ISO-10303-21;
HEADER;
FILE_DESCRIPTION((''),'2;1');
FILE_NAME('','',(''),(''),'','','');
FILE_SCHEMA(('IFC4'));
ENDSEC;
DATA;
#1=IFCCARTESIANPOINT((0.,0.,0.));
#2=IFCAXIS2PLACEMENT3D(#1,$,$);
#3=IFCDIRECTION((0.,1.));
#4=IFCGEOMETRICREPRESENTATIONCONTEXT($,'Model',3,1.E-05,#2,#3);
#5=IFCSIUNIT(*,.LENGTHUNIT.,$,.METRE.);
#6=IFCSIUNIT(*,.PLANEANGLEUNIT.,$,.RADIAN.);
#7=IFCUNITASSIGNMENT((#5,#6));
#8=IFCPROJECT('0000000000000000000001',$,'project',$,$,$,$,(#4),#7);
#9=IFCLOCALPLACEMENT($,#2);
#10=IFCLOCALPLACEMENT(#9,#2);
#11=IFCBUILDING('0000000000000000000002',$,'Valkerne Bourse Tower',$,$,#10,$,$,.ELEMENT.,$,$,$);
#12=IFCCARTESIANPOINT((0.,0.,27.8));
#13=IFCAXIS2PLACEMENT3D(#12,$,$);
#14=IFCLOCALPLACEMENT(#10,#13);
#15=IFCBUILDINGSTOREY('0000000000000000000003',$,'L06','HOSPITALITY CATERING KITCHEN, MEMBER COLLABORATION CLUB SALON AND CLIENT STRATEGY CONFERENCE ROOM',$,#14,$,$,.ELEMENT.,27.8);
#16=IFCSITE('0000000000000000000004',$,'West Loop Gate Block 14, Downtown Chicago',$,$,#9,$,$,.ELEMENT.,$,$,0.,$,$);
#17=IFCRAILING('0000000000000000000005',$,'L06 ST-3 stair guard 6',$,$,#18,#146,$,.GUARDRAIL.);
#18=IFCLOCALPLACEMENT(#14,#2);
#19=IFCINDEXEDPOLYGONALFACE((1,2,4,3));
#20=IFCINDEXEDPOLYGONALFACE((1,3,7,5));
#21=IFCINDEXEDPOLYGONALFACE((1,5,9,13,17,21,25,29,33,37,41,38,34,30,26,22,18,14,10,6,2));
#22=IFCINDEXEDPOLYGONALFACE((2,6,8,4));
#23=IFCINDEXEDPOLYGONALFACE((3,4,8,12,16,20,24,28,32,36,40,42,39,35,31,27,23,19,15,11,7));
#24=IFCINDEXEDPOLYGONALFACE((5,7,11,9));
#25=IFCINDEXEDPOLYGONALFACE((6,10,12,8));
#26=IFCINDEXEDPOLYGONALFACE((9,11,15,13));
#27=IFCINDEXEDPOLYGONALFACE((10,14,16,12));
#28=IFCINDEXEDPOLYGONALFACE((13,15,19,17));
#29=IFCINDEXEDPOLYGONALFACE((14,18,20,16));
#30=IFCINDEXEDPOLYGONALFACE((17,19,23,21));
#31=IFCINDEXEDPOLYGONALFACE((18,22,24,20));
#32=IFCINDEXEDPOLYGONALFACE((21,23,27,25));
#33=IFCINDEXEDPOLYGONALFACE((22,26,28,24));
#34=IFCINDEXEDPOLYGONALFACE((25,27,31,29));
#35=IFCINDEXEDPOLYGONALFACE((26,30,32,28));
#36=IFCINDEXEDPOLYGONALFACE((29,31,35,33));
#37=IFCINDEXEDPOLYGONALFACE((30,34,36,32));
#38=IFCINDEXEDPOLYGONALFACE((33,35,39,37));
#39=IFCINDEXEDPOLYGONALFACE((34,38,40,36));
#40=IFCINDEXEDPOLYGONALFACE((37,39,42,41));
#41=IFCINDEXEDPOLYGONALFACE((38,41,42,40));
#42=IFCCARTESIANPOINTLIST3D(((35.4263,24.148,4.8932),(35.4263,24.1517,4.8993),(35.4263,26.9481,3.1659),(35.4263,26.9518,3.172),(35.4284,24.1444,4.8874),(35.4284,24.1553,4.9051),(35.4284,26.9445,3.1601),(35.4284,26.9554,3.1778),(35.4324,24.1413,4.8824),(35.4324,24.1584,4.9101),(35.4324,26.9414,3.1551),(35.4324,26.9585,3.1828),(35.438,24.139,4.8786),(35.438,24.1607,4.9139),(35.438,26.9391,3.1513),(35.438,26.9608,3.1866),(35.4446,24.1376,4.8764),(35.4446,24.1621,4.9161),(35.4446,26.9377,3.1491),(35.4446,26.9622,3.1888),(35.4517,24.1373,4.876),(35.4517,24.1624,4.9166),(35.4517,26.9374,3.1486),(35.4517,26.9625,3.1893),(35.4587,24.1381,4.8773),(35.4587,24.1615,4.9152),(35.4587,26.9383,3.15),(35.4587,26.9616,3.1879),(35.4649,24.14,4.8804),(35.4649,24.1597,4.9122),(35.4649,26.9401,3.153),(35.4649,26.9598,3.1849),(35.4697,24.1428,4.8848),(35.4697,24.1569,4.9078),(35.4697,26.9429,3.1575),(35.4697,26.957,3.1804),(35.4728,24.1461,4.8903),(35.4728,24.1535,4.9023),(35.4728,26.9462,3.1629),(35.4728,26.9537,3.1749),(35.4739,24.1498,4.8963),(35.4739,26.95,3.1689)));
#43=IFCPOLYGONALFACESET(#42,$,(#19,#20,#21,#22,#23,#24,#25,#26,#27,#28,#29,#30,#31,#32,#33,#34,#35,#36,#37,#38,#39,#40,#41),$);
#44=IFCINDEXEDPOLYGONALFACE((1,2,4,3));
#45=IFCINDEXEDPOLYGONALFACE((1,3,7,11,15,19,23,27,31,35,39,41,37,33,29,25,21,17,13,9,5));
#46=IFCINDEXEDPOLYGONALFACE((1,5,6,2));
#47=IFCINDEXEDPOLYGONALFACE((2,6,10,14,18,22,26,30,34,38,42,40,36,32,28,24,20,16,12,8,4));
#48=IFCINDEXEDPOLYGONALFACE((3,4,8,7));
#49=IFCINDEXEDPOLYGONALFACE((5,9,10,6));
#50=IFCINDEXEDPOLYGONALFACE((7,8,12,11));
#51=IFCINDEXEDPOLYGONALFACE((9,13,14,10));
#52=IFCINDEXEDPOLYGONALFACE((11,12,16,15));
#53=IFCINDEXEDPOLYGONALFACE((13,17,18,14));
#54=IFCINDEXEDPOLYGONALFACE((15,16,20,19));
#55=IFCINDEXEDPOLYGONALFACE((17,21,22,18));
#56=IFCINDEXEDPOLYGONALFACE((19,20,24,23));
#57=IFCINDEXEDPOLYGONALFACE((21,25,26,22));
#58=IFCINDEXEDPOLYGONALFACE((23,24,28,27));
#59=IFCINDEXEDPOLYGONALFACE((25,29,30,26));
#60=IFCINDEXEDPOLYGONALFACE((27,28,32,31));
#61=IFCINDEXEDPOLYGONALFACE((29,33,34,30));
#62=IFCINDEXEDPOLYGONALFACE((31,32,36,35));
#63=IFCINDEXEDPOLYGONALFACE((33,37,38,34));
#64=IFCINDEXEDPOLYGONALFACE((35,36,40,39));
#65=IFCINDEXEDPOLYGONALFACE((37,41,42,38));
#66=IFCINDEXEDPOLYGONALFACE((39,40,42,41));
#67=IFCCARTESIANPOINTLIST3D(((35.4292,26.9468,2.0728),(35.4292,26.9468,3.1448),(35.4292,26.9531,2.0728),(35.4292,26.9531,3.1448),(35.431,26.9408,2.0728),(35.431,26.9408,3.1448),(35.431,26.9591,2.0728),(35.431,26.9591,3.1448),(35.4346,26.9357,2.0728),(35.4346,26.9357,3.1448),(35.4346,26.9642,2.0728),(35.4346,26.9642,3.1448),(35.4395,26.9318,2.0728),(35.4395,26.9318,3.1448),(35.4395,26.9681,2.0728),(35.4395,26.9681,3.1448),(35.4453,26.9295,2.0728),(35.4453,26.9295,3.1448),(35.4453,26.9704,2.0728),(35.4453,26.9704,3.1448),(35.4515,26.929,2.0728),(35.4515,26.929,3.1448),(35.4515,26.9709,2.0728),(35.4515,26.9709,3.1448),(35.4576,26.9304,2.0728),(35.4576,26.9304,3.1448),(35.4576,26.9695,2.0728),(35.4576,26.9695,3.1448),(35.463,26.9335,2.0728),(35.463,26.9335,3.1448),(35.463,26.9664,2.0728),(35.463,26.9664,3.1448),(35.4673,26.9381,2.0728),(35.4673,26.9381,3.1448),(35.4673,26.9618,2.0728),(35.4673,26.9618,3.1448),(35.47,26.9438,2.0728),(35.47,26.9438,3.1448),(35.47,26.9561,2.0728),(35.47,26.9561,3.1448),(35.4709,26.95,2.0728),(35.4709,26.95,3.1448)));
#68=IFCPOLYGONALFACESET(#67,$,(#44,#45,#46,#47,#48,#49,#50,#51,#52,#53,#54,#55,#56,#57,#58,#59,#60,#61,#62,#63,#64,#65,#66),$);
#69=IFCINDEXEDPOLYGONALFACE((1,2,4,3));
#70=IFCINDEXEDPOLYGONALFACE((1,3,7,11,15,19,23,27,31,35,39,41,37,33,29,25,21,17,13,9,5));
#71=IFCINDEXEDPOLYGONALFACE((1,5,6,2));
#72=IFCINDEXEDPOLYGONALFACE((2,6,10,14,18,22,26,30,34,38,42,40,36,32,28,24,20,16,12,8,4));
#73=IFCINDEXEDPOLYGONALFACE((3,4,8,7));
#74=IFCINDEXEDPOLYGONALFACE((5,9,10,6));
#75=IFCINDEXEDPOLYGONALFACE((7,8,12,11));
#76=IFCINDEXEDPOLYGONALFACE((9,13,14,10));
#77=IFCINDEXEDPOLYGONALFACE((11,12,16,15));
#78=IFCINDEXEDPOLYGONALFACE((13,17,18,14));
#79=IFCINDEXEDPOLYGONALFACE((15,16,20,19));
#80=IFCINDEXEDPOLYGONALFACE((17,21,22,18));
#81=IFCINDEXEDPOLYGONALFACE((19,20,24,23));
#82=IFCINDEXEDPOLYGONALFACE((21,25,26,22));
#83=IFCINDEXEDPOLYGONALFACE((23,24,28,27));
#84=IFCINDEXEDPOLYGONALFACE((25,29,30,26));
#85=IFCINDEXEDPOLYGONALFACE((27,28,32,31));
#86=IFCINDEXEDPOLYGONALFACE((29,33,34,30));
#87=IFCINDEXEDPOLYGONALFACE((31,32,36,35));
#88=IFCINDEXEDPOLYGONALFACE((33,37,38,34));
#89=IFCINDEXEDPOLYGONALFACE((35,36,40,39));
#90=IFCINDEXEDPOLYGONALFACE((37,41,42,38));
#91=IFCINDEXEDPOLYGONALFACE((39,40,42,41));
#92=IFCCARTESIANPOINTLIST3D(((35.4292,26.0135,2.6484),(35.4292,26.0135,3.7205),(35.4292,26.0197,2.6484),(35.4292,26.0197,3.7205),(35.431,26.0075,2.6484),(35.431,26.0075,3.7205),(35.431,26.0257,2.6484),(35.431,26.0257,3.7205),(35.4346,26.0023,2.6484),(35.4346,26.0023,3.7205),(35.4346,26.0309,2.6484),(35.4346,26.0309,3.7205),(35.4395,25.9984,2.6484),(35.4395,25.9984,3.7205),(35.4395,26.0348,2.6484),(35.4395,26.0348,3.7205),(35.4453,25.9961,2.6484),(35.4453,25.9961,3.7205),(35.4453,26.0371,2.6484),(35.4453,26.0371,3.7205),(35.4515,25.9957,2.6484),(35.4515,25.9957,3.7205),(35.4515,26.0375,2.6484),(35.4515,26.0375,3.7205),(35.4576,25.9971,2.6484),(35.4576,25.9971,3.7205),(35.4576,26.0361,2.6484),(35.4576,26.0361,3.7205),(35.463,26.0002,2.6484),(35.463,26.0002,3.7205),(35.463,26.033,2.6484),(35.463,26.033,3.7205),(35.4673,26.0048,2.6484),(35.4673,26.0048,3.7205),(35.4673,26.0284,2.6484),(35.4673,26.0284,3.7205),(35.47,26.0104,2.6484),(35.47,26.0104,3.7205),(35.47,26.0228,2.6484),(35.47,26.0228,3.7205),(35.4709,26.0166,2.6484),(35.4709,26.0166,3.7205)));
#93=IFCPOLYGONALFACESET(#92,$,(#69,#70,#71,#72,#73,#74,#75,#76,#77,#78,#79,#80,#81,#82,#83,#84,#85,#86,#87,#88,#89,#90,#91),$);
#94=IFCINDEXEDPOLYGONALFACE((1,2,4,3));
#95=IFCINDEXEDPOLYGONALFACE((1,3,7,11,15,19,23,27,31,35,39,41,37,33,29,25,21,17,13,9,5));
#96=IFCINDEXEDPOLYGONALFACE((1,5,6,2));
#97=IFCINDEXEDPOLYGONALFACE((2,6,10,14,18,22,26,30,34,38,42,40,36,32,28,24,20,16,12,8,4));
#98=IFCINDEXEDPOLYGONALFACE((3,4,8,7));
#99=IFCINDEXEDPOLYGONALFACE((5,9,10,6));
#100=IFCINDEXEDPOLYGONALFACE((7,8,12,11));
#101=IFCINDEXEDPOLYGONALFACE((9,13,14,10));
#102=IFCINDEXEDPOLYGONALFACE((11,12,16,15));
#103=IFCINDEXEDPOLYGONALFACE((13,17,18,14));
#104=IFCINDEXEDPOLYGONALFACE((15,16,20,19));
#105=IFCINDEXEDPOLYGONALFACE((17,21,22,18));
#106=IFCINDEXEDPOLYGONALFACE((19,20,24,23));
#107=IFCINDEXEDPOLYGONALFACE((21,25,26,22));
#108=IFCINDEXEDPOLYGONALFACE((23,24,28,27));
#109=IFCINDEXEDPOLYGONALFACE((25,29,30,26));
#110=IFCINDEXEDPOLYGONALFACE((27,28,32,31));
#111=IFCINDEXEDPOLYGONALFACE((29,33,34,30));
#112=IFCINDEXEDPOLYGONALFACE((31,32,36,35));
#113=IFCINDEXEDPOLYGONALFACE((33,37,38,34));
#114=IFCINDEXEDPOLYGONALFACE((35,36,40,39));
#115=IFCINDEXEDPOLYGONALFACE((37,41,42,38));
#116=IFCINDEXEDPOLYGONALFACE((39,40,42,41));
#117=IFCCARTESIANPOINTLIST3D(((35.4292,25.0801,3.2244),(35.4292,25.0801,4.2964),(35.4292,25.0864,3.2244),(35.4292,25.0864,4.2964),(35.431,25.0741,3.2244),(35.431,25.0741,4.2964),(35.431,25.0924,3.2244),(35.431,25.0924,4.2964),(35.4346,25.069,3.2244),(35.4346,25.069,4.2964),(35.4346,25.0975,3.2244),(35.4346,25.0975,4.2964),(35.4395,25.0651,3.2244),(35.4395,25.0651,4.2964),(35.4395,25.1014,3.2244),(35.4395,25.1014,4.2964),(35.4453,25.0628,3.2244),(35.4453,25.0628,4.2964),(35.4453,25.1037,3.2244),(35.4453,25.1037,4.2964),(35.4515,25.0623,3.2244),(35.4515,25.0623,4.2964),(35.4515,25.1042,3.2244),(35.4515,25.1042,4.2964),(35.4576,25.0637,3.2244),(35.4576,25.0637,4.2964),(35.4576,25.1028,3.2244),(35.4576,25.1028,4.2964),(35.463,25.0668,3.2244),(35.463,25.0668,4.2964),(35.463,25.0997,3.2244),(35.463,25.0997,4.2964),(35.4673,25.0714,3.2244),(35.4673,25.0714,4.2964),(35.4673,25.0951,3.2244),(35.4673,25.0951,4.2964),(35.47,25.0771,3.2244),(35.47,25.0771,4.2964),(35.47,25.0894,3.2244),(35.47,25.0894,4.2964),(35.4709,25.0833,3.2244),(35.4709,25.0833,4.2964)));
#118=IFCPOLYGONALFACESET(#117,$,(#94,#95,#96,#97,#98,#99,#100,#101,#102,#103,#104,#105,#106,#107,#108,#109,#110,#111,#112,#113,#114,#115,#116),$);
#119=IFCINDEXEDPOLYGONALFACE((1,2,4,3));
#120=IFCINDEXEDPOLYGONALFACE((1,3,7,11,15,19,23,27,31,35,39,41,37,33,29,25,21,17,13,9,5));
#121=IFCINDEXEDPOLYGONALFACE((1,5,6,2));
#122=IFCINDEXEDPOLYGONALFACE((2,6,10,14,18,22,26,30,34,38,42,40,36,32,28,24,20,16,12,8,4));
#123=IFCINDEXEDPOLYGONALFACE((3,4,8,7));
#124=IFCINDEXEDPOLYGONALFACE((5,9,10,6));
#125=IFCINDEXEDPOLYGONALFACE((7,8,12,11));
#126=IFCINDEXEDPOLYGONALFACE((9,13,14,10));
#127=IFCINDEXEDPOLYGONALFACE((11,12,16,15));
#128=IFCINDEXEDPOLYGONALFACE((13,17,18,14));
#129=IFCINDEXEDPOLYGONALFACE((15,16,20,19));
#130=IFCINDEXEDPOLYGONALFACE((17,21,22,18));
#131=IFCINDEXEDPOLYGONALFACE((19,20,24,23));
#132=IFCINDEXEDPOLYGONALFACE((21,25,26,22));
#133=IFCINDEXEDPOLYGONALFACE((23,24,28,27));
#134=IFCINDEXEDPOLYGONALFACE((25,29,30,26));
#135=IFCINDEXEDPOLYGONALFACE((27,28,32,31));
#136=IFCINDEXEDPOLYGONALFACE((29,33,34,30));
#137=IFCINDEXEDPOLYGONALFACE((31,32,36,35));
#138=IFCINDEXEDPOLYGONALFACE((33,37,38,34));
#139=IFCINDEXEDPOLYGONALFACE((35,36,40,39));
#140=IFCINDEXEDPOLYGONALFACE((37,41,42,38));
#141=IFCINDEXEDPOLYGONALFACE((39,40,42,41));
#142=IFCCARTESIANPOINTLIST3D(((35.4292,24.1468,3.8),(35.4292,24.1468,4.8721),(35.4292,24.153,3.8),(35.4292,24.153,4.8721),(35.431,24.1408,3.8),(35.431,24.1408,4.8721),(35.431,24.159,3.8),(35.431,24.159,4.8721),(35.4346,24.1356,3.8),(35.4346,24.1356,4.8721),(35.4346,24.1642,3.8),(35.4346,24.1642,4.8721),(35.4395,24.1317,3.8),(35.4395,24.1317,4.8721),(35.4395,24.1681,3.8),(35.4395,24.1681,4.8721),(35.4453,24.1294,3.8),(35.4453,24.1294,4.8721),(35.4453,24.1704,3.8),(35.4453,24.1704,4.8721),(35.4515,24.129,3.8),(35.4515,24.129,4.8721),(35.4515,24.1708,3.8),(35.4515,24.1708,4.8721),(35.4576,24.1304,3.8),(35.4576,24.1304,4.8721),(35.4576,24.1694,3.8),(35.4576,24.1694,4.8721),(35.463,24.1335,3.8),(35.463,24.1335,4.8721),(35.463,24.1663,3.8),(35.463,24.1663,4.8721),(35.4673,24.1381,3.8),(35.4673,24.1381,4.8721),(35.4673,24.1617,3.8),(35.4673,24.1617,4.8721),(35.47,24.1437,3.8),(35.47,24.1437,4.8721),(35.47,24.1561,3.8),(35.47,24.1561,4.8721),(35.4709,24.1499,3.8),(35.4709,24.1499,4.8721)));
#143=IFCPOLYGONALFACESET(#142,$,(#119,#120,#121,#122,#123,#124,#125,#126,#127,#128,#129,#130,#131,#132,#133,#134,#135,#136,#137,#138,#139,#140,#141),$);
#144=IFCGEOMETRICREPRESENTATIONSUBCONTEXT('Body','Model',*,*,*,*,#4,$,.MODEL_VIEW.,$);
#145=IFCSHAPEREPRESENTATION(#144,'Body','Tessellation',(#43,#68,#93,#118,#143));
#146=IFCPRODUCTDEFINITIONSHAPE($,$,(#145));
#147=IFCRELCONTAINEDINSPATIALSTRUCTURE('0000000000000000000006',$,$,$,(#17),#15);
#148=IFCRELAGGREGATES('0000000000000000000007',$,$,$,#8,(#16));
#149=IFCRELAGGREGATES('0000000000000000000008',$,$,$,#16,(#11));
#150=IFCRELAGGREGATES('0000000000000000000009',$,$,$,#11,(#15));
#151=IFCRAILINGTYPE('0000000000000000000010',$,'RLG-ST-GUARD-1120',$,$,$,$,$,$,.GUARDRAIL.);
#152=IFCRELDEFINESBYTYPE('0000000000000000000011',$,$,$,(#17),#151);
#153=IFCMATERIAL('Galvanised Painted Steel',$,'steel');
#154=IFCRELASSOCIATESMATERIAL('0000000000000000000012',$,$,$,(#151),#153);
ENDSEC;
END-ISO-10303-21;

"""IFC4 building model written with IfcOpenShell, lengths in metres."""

from ifc_helpers import new_model, si_unit, direction, frame, origin, origin_2d, place, context, subcontext, project, spatial, circle, extrude, material, type_object, element, save


model = new_model("IFC4")

# Units and contexts
model_context = context("Model", 3, precision=1e-05, world=origin(), true_north=direction((0.0, 1.0)))
body_context = subcontext(model_context, "Body", "Model", "MODEL_VIEW")
ifc_project = project(units=[si_unit("LENGTHUNIT", "METRE"), si_unit("PLANEANGLEUNIT", "RADIAN")], contexts=[model_context])

# Site, building, storey
site_placement = place(None, origin())
site = spatial("IfcSite", under=ifc_project, at=site_placement, Name="West Loop Gate Block 14, Downtown Chicago", CompositionType="ELEMENT", RefElevation=0.0)
building_placement = place(site_placement, origin())
building = spatial("IfcBuilding", under=site, at=building_placement, Name="Valkerne Bourse Tower", CompositionType="ELEMENT")
storey_placement = place(building_placement, frame((0.0, 0.0, 27.8)))
storey = spatial("IfcBuildingStorey", under=building, at=storey_placement, Name="L06", Description="HOSPITALITY CATERING KITCHEN, MEMBER COLLABORATION CLUB SALON AND CLIENT STRATEGY CONFERENCE ROOM", CompositionType="ELEMENT", Elevation=27.8)

# Railing
ifc_material_1 = material(Name="Galvanised Painted Steel", Category="steel")
railing_type_1 = type_object("IfcRailingType", Name="RLG-ST-GUARD-1120", PredefinedType="GUARDRAIL", material=ifc_material_1)
railing_1_placement = place(storey_placement, frame((35.45, 26.95, 2.0728)))
element("IfcRailing", 1, at=railing_1_placement, inside=storey, type_object=railing_type_1, Name="L06 ST-3 stair guard 6", PredefinedType="GUARDRAIL", context=body_context, shape_type="SweptSolid", body=[
    extrude(circle(Radius=0.0239, at=origin_2d()), frame((0.0, 0.0, 1.0962), z_axis=(0.0, -0.85109, 0.52502), x_axis=(1.0, 0.0, 0.0)), (0.0, 0.0, 1.0), 3.29),
    extrude(circle(Radius=0.021, at=origin_2d()), origin(), (0.0, 0.0, 1.0), 1.072),
    extrude(circle(Radius=0.021, at=origin_2d()), frame((0.0, -0.9333, 0.5757)), (0.0, 0.0, 1.0), 1.072),
    extrude(circle(Radius=0.021, at=origin_2d()), frame((0.0, -1.8667, 1.1516)), (0.0, 0.0, 1.0), 1.072),
    extrude(circle(Radius=0.021, at=origin_2d()), frame((0.0, -2.8, 1.7273)), (0.0, 0.0, 1.0), 1.072),
])

save(model, "model.ifc")
